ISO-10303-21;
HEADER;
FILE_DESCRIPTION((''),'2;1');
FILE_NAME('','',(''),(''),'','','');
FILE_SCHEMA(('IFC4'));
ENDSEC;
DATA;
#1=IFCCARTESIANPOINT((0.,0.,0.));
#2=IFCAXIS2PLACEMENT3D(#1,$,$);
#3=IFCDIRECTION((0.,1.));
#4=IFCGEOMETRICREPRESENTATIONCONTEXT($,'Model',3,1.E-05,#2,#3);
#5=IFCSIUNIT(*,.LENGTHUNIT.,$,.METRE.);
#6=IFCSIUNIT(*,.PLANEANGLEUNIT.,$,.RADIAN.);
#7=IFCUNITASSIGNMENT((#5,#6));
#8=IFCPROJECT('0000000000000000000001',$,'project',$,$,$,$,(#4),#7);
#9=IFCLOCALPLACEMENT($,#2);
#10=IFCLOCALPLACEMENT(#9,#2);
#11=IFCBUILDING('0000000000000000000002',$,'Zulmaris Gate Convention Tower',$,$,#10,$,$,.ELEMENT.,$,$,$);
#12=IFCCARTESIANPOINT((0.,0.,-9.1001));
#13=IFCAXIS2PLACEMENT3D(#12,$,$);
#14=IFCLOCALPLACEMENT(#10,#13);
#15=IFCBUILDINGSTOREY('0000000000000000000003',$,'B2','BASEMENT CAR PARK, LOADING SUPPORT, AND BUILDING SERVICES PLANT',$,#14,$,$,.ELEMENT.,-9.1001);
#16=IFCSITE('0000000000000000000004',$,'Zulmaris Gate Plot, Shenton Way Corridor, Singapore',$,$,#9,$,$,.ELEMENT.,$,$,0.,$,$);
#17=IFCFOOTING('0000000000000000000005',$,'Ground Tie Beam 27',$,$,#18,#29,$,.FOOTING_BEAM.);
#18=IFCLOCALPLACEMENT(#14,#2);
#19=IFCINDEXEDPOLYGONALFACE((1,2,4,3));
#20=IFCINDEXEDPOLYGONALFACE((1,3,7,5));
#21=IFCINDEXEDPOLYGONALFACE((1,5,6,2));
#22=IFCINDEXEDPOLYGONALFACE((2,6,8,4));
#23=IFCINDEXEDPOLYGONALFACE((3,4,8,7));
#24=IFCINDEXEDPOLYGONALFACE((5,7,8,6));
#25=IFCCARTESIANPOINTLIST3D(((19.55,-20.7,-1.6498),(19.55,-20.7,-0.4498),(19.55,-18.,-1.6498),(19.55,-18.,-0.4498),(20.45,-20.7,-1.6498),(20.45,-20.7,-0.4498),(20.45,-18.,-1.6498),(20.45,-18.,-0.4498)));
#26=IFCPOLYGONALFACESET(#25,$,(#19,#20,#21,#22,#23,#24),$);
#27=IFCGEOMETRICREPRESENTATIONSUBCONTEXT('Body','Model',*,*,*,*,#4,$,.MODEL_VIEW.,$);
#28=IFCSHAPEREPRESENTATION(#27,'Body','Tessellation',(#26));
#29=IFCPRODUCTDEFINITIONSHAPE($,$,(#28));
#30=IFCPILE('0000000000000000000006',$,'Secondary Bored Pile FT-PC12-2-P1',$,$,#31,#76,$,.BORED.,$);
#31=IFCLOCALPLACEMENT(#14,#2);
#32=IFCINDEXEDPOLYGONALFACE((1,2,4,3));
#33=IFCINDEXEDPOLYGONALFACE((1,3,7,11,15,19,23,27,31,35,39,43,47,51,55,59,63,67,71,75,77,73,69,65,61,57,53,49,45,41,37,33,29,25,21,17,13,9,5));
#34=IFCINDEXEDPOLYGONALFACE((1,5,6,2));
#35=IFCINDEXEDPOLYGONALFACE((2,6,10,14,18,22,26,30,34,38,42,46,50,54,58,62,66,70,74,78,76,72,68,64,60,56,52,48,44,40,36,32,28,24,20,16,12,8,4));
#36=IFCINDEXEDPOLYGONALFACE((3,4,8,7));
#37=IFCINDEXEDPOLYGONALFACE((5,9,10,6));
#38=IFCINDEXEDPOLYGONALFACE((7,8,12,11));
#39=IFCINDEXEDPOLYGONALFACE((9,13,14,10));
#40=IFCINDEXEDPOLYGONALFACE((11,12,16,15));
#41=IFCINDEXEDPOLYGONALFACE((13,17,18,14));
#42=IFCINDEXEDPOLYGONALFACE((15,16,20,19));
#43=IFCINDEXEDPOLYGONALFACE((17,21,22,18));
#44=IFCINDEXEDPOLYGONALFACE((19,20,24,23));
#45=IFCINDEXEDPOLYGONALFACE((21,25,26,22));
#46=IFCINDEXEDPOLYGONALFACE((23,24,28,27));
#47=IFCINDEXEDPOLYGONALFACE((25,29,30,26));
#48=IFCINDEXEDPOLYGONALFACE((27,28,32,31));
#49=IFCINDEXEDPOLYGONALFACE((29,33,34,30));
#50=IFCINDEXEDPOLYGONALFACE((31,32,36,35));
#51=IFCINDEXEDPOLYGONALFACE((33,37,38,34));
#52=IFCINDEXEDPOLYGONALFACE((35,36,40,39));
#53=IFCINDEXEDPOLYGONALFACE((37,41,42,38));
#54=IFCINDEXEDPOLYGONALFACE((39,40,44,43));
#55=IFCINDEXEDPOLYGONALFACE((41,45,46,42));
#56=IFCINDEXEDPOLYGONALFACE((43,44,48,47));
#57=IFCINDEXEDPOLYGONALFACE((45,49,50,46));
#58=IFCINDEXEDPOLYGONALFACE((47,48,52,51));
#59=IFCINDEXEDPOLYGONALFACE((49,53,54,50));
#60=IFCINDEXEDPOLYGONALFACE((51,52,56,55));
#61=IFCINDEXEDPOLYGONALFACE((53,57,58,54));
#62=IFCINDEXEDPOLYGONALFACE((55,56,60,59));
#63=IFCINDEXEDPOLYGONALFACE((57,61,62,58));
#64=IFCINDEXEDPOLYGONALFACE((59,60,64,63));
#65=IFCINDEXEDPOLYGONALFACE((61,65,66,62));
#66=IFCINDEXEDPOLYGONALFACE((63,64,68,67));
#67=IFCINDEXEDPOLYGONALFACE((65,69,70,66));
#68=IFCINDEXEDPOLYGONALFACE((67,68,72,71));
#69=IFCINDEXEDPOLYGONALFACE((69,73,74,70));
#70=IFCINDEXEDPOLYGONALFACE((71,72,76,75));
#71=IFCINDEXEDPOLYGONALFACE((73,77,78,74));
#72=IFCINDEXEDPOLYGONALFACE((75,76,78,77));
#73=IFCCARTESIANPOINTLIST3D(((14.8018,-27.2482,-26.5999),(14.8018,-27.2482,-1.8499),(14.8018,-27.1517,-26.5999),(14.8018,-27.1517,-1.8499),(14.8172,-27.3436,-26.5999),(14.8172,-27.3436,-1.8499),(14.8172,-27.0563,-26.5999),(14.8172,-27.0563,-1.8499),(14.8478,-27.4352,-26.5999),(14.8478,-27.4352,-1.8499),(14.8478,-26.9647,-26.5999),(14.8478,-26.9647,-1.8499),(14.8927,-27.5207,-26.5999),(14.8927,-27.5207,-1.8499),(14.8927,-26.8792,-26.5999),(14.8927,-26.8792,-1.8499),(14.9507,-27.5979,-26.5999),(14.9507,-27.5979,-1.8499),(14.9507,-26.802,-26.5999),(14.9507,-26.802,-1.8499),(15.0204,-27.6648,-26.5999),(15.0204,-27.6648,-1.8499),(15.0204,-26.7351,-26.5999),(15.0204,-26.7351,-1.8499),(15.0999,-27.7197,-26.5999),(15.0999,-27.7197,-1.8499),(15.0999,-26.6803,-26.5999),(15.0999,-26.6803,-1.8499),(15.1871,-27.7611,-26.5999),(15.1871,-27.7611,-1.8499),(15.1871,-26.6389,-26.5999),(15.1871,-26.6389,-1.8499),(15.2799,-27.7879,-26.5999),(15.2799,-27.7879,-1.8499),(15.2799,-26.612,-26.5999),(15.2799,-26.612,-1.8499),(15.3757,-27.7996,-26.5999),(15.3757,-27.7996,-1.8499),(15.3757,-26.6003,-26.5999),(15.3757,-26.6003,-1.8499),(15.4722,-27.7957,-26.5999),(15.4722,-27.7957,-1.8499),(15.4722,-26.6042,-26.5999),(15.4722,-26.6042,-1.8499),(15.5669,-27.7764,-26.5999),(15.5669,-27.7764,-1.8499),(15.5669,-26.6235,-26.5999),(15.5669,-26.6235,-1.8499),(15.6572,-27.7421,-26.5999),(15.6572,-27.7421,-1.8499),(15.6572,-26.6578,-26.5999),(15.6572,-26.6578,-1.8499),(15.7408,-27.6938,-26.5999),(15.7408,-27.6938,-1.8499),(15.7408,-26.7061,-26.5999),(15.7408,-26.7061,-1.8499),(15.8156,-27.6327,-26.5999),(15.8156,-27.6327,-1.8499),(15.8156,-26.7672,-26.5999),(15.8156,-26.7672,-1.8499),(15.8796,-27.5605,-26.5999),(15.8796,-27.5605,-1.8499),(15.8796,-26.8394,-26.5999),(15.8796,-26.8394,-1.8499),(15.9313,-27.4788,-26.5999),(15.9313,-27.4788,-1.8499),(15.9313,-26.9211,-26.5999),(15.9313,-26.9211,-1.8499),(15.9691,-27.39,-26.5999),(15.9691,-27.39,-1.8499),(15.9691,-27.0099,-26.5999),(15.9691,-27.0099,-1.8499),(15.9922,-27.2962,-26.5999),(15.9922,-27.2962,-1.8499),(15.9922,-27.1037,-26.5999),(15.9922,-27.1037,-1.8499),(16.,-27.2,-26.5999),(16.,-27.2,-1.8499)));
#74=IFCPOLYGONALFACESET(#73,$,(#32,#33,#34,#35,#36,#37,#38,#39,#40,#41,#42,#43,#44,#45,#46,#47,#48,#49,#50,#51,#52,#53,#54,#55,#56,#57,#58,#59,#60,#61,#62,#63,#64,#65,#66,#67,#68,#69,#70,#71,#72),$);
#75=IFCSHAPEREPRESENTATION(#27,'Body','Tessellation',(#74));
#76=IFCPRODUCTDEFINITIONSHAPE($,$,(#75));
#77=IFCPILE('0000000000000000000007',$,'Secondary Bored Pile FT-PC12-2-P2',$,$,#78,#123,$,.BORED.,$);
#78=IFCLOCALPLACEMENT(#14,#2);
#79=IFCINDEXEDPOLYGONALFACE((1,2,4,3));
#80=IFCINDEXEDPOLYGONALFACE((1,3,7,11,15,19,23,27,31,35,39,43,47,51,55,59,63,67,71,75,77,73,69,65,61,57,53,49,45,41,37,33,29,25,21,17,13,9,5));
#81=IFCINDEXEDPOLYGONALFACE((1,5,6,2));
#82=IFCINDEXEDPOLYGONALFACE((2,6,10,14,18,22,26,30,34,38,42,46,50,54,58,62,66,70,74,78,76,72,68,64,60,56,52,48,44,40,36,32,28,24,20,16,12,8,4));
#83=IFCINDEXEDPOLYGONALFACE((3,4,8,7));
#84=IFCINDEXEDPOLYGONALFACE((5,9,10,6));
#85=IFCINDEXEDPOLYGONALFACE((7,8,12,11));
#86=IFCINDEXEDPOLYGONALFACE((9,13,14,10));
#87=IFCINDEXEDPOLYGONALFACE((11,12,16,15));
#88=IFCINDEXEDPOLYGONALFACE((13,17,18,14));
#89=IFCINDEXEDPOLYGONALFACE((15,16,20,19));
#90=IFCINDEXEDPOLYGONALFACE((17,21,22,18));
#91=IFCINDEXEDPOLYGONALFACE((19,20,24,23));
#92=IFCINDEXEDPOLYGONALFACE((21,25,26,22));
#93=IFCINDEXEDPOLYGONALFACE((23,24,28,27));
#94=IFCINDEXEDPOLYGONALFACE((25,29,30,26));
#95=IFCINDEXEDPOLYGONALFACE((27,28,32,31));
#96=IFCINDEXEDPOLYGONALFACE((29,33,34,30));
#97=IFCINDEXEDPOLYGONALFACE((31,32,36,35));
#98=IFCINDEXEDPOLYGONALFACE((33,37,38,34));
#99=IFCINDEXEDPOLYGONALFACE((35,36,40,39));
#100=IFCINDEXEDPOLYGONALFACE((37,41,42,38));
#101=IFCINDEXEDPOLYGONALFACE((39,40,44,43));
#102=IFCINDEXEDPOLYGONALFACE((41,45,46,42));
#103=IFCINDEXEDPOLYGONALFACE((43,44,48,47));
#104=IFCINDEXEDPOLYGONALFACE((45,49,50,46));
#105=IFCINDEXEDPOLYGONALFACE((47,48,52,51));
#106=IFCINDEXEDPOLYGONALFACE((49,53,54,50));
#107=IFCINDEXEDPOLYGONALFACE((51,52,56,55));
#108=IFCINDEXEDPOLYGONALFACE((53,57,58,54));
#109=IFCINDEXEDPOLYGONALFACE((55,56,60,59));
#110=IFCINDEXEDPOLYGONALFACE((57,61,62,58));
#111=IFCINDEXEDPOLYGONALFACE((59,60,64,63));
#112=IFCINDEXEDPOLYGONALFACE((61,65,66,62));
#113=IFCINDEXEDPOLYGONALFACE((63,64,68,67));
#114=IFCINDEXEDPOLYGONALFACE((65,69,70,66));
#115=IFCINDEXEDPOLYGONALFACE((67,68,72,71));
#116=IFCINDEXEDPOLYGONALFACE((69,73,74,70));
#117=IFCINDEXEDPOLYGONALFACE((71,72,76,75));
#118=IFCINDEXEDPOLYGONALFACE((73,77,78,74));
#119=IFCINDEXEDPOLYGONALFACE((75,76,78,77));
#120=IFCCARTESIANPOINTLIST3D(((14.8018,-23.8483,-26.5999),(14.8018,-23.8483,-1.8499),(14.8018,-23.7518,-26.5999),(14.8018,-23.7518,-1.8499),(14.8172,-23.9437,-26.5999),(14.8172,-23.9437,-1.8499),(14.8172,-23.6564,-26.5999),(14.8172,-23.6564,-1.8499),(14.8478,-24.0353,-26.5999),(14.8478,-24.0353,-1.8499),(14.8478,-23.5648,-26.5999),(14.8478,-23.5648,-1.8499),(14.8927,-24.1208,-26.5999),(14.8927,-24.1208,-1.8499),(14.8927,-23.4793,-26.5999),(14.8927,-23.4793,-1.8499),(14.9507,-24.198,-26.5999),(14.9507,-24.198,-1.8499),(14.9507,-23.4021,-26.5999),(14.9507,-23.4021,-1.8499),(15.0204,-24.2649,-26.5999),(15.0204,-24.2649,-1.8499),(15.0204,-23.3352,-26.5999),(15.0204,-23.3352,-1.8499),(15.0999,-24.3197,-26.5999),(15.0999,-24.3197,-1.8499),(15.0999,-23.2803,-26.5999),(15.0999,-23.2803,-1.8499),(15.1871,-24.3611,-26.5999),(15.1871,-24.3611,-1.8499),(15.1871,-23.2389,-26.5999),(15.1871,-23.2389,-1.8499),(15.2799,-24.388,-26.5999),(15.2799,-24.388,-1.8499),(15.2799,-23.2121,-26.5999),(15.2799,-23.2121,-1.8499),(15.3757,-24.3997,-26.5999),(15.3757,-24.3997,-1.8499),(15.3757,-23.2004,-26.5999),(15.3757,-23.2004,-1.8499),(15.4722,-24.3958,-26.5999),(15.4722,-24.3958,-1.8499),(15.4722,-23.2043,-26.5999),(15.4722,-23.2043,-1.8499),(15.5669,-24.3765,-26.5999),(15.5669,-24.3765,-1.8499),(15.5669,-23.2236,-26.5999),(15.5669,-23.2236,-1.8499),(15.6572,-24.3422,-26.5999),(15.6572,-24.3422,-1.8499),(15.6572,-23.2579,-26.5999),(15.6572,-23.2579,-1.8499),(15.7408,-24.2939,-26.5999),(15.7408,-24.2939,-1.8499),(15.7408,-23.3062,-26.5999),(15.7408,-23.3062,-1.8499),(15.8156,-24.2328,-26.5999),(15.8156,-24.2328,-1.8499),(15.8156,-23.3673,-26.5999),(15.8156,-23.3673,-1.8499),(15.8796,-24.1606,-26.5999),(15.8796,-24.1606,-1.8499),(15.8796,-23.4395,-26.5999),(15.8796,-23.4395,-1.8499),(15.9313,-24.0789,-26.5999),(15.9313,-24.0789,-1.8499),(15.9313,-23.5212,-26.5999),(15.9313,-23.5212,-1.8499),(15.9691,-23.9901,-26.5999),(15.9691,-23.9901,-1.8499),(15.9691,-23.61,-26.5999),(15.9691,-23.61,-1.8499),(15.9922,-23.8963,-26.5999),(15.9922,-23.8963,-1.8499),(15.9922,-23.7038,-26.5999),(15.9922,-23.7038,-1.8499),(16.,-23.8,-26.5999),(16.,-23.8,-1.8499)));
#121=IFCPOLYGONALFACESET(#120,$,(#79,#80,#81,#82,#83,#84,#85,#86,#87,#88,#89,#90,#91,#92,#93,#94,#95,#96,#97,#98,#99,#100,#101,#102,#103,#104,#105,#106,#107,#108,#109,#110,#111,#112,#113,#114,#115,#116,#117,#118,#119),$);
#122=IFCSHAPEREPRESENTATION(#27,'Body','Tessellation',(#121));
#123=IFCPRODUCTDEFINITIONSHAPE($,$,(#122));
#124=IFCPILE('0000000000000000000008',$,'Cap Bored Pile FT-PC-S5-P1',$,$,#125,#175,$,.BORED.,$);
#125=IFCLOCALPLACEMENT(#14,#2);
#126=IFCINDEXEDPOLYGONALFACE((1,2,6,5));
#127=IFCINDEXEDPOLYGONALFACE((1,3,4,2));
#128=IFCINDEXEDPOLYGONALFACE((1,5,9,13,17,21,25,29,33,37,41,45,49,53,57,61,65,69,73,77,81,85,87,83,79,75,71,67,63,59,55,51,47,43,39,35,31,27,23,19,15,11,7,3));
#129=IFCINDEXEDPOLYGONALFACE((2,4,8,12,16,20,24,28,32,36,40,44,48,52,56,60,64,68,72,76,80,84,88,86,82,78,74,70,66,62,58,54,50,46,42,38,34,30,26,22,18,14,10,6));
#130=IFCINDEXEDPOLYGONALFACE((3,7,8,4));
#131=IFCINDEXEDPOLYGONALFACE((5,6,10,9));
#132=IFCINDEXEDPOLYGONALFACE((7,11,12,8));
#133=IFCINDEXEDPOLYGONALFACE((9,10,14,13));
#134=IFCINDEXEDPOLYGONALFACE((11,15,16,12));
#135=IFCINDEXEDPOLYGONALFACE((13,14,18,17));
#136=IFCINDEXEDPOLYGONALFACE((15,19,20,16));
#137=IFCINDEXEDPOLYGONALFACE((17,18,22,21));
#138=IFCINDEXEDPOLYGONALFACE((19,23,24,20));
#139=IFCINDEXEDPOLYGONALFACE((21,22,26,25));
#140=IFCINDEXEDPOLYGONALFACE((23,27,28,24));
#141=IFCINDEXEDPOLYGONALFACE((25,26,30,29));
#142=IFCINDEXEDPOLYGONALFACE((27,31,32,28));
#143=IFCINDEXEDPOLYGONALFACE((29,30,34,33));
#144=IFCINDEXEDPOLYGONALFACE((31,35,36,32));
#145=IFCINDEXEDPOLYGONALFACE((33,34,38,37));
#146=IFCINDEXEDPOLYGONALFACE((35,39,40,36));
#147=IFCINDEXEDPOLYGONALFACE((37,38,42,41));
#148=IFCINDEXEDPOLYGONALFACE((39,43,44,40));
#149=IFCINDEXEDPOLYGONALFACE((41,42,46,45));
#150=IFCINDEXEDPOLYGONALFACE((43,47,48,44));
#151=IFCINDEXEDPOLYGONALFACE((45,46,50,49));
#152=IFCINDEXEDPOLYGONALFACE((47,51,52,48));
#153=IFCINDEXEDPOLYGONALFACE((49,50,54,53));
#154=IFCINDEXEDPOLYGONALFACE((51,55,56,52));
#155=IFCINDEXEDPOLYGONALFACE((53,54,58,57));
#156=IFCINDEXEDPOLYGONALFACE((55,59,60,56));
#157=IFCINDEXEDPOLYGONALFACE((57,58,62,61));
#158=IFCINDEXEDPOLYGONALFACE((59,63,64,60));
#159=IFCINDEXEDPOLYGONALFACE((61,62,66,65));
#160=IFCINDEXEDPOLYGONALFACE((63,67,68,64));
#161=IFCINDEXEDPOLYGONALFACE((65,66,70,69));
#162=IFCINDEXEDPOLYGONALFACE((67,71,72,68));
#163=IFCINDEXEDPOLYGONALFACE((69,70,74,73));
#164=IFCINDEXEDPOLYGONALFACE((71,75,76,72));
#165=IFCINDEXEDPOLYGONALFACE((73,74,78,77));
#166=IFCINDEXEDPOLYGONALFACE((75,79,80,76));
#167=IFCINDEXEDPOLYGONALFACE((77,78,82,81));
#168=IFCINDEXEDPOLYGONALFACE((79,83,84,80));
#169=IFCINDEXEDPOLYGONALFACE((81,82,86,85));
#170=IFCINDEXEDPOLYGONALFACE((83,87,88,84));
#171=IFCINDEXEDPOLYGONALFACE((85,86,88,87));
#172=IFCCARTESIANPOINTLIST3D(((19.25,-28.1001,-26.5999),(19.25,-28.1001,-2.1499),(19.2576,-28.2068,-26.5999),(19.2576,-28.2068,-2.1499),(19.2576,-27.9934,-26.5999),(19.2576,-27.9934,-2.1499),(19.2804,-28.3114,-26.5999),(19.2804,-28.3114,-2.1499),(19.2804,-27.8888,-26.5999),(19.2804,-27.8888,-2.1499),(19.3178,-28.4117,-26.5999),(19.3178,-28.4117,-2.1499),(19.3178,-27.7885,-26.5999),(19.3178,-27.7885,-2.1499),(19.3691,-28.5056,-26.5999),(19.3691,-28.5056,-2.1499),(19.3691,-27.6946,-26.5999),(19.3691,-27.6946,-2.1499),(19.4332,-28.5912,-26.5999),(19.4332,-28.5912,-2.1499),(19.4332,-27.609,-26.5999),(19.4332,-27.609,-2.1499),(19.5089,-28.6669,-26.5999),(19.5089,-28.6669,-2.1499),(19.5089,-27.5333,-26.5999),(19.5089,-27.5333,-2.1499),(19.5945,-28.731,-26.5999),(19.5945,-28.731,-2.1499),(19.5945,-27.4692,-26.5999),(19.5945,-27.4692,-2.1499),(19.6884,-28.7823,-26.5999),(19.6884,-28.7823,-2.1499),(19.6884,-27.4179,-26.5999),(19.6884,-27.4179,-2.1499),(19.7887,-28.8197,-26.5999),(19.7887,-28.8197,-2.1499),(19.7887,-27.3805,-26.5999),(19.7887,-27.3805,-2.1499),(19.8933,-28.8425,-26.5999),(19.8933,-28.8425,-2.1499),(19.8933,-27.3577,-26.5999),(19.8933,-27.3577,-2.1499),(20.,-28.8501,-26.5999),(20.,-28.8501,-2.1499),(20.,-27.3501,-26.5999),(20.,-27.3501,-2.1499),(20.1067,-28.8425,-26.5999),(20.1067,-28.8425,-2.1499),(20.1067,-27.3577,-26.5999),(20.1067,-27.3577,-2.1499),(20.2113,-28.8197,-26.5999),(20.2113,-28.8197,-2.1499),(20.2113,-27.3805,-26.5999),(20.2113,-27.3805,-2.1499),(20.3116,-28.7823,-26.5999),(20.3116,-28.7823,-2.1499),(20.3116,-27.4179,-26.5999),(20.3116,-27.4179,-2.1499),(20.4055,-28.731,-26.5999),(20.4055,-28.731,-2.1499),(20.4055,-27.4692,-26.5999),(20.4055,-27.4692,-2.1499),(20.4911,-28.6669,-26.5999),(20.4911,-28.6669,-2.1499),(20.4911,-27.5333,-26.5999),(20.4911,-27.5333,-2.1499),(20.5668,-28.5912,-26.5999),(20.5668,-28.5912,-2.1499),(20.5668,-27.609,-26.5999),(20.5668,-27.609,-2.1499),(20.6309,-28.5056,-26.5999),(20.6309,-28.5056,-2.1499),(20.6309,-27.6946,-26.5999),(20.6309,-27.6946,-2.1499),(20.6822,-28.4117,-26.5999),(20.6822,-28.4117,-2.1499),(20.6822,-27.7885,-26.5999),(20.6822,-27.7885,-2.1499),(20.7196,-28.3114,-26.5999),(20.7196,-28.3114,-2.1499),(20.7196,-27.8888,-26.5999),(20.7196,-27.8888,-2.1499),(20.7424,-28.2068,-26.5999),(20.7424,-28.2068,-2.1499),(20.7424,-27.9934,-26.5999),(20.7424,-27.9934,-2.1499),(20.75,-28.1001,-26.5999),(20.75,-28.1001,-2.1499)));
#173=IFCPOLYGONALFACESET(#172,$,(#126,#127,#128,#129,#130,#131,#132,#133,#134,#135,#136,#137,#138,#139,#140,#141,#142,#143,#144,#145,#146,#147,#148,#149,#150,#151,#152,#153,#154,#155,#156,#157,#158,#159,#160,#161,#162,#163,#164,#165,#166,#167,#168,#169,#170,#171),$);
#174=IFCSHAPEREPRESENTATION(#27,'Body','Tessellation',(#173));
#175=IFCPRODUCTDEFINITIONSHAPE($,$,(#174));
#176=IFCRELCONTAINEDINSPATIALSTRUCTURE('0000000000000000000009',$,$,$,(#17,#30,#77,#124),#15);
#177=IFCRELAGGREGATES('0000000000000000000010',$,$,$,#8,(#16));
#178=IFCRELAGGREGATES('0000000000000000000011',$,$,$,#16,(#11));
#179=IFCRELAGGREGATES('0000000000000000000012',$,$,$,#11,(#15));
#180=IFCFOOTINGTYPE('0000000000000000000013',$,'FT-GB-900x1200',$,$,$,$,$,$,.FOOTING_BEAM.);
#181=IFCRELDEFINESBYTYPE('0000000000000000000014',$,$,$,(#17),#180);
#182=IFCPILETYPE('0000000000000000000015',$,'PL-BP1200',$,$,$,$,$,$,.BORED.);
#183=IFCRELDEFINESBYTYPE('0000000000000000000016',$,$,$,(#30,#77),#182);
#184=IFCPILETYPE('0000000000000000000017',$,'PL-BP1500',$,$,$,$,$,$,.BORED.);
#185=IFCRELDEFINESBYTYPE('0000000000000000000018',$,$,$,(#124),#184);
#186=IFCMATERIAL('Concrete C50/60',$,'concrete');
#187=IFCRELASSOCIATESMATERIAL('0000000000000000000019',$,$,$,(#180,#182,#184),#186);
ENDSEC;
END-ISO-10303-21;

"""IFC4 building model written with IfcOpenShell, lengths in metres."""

from ifc_helpers import new_model, si_unit, direction, frame, origin, origin_2d, place, context, subcontext, project, spatial, rectangle, circle, extrude, material, material_profile, profile_set, type_object, element, save


model = new_model("IFC4")

# Units and contexts
model_context = context("Model", 3, precision=1e-05, world=origin(), true_north=direction((0.0, 1.0)))
body_context = subcontext(model_context, "Body", "Model", "MODEL_VIEW")
ifc_project = project(units=[si_unit("LENGTHUNIT", "METRE"), si_unit("PLANEANGLEUNIT", "RADIAN")], contexts=[model_context])

# Site, building, storey
site_placement = place(None, origin())
site = spatial("IfcSite", under=ifc_project, at=site_placement, Name="Zulmaris Gate Plot, Shenton Way Corridor, Singapore", CompositionType="ELEMENT", RefElevation=0.0)
building_placement = place(site_placement, origin())
building = spatial("IfcBuilding", under=site, at=building_placement, Name="Zulmaris Gate Convention Tower", CompositionType="ELEMENT")
storey_placement = place(building_placement, frame((0.0, 0.0, -9.1001)))
storey = spatial("IfcBuildingStorey", under=building, at=storey_placement, Name="B2", Description="BASEMENT CAR PARK, LOADING SUPPORT, AND BUILDING SERVICES PLANT", CompositionType="ELEMENT", Elevation=-9.1001)

# Footing
ifc_material_1 = material(Name="Concrete C50/60", Category="concrete")
ifc_material_profile_1 = material_profile(ifc_material_1, rectangle(XDim=0.8999, YDim=1.2, at=origin_2d()), Name="RC TIE 900x1200")
ifc_profile_set_1 = profile_set([ifc_material_profile_1], Name="Concrete C50/60")
footing_type = type_object("IfcFootingType", Name="FT-GB-900x1200", PredefinedType="FOOTING_BEAM", material=ifc_profile_set_1)
footing_placement = place(storey_placement, frame((20.0, -20.7, -1.0498), z_axis=(0.0, 1.0, 0.0), x_axis=(-1.0, 0.0, 0.0)))
element("IfcFooting", 1, at=footing_placement, inside=storey, type_object=footing_type, Name="Ground Tie Beam 27", PredefinedType="FOOTING_BEAM", context=body_context, shape_type="SweptSolid", body=[
    extrude(rectangle(XDim=0.8999, YDim=1.2, at=origin_2d()), origin(), (0.0, 0.0, 1.0), 2.7),
])

# Piles
ifc_material_profile_2 = material_profile(ifc_material_1, circle(Radius=0.6001, at=origin_2d()), Name="BORED PILE 1200")
ifc_profile_set_2 = profile_set([ifc_material_profile_2], Name="Concrete C50/60")
pile_type_1 = type_object("IfcPileType", Name="PL-BP1200", PredefinedType="BORED", material=ifc_profile_set_2)
for number, where, z_axis, x_axis, name in (
    (2, (15.3999, -27.2, -1.8499), (0.0, 0.0, -1.0), (1.0, 0.0, 0.0), "Secondary Bored Pile FT-PC12-2-P1"),
    (3, (15.3999, -23.8, -1.8499), (0.0, 0.0, -1.0), (1.0, 0.0, 0.0), "Secondary Bored Pile FT-PC12-2-P2"),
):
    element("IfcPile", number, at=place(storey_placement, frame(where, z_axis=z_axis, x_axis=x_axis)), inside=storey, type_object=pile_type_1, Name=name, PredefinedType="BORED", context=body_context, shape_type="SweptSolid", body=[
        extrude(circle(Radius=0.6001, at=origin_2d()), origin(), (0.0, 0.0, 1.0), 24.75),
    ])
ifc_material_profile_3 = material_profile(ifc_material_1, circle(Radius=0.75, at=origin_2d()), Name="BORED PILE 1500")
ifc_profile_set_3 = profile_set([ifc_material_profile_3], Name="Concrete C50/60")
pile_type_2 = type_object("IfcPileType", Name="PL-BP1500", PredefinedType="BORED", material=ifc_profile_set_3)
for number, where, z_axis, x_axis, name in (
    (4, (20.0, -28.1001, -2.1499), (0.0, 0.0, -1.0), (1.0, 0.0, 0.0), "Cap Bored Pile FT-PC-S5-P1"),
):
    element("IfcPile", number, at=place(storey_placement, frame(where, z_axis=z_axis, x_axis=x_axis)), inside=storey, type_object=pile_type_2, Name=name, PredefinedType="BORED", context=body_context, shape_type="SweptSolid", body=[
        extrude(circle(Radius=0.75, at=origin_2d()), origin(), (0.0, 0.0, 1.0), 24.45),
    ])

save(model, "model.ifc")
